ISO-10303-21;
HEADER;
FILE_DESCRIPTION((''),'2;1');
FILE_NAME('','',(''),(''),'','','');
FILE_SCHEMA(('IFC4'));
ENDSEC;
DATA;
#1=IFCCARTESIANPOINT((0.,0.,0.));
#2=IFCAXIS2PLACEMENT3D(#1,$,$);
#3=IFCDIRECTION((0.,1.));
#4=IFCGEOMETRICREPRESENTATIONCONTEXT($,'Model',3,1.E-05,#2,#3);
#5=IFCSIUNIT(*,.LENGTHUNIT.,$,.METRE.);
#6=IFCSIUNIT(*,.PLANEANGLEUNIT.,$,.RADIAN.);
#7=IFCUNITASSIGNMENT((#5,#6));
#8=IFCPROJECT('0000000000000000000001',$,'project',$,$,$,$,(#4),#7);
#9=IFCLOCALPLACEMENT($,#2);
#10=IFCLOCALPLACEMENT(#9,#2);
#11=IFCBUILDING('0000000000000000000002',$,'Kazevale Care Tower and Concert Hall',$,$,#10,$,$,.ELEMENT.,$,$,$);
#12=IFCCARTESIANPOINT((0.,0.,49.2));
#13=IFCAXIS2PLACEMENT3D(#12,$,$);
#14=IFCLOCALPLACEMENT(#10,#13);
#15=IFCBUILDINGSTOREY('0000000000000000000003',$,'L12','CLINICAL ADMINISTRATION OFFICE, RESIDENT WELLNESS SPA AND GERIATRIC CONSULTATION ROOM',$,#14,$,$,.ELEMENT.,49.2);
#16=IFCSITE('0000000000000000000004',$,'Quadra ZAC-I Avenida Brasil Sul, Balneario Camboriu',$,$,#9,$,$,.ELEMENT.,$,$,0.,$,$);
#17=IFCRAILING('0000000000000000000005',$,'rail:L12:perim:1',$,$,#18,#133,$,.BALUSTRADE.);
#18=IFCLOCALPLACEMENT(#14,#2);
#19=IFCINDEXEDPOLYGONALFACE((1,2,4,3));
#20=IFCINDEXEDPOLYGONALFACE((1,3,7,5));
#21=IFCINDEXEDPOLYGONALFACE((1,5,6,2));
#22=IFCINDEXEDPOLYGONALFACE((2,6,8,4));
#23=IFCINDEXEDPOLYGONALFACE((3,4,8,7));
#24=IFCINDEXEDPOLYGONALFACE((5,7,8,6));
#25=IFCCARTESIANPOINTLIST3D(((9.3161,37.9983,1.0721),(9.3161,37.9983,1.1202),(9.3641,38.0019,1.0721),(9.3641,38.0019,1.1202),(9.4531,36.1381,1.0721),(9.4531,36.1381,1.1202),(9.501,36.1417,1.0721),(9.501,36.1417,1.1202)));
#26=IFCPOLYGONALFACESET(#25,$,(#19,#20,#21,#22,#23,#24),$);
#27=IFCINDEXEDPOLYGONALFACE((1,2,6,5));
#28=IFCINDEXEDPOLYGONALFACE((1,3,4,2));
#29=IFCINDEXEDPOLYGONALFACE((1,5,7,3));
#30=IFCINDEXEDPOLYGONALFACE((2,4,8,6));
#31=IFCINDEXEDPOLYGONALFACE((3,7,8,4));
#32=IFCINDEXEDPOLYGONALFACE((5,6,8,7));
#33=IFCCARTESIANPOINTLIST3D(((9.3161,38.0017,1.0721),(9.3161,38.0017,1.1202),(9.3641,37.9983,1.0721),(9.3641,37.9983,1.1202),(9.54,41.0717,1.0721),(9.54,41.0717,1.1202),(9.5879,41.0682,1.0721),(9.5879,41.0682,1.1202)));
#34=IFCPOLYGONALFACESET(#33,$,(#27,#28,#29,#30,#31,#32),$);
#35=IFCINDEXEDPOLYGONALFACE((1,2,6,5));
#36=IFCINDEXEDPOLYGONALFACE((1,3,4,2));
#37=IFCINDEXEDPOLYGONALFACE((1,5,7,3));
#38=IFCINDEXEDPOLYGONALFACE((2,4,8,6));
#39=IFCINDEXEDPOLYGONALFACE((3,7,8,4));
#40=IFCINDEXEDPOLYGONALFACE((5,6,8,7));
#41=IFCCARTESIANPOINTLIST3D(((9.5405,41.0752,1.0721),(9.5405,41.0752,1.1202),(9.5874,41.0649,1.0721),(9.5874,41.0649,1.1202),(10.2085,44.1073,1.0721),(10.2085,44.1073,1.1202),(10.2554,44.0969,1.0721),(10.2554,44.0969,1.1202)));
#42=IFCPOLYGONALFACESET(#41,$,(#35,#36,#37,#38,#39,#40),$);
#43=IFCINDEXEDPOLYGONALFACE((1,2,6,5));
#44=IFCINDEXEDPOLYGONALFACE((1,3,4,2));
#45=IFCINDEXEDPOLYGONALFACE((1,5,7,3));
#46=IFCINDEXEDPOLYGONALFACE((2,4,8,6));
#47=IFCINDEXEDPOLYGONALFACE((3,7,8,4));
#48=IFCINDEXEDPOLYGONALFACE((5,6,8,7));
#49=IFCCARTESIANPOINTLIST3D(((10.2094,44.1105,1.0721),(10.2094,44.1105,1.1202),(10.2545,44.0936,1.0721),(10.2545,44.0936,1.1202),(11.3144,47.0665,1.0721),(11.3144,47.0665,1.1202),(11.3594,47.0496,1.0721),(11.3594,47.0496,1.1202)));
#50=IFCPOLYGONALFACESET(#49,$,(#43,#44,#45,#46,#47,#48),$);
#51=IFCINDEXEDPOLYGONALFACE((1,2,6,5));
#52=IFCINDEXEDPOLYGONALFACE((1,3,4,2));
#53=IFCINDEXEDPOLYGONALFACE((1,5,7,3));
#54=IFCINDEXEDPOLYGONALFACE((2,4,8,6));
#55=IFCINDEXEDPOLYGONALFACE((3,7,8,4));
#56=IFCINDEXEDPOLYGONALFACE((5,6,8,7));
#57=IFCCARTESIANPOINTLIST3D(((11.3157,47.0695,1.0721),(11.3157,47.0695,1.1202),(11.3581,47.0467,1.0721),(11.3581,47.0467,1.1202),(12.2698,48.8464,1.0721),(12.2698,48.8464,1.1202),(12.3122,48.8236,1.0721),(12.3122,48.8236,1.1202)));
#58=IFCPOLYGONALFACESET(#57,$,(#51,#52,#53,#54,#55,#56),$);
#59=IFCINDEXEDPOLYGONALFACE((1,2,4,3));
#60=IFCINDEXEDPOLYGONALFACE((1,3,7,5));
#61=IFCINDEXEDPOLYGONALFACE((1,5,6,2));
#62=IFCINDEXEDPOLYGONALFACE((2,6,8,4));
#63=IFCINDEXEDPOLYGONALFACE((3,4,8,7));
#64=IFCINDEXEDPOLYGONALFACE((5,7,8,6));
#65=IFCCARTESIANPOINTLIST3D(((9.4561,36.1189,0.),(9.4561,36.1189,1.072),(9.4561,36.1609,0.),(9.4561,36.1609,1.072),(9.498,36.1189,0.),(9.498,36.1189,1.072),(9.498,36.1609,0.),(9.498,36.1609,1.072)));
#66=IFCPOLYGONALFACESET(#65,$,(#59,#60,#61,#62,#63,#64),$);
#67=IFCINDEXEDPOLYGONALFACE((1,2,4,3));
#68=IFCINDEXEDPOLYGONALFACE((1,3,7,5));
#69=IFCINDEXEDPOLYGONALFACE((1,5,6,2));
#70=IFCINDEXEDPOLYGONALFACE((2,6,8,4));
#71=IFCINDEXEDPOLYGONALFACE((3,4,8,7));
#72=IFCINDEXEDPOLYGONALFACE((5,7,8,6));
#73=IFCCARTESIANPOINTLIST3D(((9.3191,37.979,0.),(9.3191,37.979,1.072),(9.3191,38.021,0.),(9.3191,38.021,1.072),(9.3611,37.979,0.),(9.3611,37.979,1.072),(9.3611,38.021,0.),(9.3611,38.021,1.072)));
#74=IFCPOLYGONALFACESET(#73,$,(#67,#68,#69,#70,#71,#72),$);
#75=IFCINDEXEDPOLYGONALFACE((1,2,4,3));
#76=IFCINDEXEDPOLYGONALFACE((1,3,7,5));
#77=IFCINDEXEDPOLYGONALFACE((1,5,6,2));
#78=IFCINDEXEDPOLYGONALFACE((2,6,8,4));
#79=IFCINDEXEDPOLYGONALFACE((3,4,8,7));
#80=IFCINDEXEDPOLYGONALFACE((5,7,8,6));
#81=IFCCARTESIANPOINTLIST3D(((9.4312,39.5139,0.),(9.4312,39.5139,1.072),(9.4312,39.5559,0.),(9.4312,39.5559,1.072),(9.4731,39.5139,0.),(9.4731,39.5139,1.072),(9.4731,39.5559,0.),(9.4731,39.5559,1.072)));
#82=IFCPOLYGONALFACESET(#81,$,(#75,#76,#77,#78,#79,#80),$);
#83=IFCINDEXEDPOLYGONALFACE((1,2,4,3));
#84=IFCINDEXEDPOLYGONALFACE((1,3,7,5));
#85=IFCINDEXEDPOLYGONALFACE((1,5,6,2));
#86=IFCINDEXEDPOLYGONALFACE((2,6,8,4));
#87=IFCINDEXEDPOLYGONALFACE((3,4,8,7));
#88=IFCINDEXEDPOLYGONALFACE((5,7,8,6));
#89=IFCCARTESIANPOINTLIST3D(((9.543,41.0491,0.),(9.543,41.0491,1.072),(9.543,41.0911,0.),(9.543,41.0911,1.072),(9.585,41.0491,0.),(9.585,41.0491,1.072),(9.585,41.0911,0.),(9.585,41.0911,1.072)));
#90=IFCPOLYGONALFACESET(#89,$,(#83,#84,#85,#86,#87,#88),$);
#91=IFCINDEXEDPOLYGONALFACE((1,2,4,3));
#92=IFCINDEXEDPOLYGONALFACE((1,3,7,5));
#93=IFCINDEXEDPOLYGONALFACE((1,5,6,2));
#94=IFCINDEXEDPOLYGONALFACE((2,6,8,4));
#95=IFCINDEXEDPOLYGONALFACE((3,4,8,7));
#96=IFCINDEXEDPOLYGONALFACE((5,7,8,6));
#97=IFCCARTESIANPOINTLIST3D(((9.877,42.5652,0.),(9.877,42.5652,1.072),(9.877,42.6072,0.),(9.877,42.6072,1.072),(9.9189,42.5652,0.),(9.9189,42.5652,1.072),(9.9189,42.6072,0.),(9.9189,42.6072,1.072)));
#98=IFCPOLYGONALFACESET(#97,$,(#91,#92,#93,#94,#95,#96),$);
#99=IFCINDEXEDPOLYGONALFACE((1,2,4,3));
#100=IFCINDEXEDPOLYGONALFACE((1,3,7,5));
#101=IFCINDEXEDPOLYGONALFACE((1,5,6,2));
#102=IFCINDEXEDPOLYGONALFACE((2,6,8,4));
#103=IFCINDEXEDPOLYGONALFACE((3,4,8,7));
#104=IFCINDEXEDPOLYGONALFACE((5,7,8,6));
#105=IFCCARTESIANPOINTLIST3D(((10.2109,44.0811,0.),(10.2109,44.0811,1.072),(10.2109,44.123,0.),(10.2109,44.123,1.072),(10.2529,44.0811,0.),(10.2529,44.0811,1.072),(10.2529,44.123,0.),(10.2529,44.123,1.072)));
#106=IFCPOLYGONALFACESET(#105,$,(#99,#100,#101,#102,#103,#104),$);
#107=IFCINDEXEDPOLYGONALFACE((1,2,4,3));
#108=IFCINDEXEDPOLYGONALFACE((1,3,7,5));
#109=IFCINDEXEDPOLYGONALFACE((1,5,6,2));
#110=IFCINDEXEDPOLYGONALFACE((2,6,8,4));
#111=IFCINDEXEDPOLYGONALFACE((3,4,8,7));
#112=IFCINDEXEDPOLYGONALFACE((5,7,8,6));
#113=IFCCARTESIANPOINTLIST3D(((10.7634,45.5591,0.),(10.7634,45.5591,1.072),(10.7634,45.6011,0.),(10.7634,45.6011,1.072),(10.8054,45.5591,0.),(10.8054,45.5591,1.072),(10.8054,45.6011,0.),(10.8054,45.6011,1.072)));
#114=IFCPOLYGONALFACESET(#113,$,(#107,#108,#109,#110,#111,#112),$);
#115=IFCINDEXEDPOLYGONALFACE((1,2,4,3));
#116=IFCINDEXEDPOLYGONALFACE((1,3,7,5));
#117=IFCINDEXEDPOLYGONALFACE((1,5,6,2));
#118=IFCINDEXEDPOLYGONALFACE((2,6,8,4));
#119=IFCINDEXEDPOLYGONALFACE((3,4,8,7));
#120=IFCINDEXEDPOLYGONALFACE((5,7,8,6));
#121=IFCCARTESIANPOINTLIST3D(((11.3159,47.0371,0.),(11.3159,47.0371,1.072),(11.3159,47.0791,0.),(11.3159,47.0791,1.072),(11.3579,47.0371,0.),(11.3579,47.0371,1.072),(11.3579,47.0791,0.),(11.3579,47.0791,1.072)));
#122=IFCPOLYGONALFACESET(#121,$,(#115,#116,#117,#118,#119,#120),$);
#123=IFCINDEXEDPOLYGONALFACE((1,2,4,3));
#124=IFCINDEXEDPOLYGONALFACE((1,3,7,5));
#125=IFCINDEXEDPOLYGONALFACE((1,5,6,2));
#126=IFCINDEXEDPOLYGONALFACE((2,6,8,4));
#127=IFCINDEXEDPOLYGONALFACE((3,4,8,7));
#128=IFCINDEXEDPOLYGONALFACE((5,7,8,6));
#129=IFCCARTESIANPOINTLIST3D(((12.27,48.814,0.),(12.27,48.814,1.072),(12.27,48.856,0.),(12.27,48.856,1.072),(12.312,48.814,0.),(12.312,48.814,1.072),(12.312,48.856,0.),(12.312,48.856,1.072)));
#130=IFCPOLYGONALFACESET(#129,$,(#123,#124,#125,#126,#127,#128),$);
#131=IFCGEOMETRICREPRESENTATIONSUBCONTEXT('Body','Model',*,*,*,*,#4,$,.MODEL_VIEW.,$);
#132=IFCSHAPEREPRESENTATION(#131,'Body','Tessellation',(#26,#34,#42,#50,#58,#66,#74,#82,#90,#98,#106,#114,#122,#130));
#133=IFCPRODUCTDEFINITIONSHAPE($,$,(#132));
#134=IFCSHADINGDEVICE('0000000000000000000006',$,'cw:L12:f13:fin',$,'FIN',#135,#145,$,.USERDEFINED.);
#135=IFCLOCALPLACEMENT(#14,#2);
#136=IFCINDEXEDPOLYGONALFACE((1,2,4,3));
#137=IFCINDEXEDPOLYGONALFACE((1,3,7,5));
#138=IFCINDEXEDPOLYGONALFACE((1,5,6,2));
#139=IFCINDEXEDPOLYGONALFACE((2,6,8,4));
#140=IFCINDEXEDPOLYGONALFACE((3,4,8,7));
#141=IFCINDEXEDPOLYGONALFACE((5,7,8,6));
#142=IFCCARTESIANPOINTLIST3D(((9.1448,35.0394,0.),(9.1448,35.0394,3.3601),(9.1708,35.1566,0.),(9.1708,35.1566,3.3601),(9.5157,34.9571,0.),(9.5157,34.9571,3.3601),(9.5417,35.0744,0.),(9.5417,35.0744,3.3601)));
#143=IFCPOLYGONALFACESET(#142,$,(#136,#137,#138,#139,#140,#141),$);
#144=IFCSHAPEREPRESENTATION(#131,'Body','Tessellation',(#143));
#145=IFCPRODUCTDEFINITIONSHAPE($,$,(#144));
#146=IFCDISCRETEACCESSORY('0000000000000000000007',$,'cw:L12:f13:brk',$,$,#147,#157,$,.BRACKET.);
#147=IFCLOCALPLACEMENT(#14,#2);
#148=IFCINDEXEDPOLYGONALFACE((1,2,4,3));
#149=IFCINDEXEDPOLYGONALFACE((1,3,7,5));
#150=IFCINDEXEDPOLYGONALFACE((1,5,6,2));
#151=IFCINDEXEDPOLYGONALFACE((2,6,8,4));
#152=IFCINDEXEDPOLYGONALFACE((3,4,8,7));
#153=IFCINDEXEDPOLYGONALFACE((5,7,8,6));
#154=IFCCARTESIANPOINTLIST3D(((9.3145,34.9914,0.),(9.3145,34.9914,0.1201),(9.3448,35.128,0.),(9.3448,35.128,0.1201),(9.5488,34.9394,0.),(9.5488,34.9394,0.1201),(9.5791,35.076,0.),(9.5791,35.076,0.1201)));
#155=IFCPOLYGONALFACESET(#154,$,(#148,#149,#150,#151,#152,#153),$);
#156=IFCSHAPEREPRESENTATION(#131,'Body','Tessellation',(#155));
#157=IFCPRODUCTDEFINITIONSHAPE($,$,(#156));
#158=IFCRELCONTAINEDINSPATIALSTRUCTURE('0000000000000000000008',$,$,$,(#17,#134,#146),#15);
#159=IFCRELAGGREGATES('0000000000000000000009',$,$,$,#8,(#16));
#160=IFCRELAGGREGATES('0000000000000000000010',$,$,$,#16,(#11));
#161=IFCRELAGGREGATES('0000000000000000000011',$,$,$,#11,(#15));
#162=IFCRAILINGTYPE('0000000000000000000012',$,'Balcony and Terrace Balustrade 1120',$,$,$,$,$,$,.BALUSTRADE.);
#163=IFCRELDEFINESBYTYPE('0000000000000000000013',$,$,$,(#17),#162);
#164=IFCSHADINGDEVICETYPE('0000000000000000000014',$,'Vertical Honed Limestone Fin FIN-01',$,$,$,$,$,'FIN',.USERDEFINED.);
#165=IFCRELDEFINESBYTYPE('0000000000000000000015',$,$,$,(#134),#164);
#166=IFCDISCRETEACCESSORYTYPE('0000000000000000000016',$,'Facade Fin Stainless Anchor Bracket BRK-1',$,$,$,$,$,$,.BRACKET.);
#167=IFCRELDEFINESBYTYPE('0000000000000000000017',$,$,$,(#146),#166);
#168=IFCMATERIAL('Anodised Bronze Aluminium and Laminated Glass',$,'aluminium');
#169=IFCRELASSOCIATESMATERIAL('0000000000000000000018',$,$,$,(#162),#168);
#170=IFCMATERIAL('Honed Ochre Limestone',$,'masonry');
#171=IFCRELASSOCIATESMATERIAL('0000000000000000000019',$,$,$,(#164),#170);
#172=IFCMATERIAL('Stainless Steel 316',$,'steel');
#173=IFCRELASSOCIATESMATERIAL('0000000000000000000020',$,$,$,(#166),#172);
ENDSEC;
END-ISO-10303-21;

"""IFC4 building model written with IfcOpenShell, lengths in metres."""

from ifc_helpers import new_model, si_unit, direction, frame, origin, origin_2d, place, context, subcontext, project, spatial, rectangle, extrude, material, type_object, element, save


model = new_model("IFC4")

# Units and contexts
model_context = context("Model", 3, precision=1e-05, world=origin(), true_north=direction((0.0, 1.0)))
body_context = subcontext(model_context, "Body", "Model", "MODEL_VIEW")
ifc_project = project(units=[si_unit("LENGTHUNIT", "METRE"), si_unit("PLANEANGLEUNIT", "RADIAN")], contexts=[model_context])

# Site, building, storey
site_placement = place(None, origin())
site = spatial("IfcSite", under=ifc_project, at=site_placement, Name="Quadra ZAC-I Avenida Brasil Sul, Balneario Camboriu", CompositionType="ELEMENT", RefElevation=0.0)
building_placement = place(site_placement, origin())
building = spatial("IfcBuilding", under=site, at=building_placement, Name="Kazevale Care Tower and Concert Hall", CompositionType="ELEMENT")
storey_placement = place(building_placement, frame((0.0, 0.0, 49.2)))
storey = spatial("IfcBuildingStorey", under=building, at=storey_placement, Name="L12", Description="CLINICAL ADMINISTRATION OFFICE, RESIDENT WELLNESS SPA AND GERIATRIC CONSULTATION ROOM", CompositionType="ELEMENT", Elevation=49.2)

# Railing
ifc_material_1 = material(Name="Anodised Bronze Aluminium and Laminated Glass", Category="aluminium")
railing_type = type_object("IfcRailingType", Name="Balcony and Terrace Balustrade 1120", PredefinedType="BALUSTRADE", material=ifc_material_1)
railing_placement = place(storey_placement, frame((9.4771, 36.1399, 0.0)))
element("IfcRailing", 1, at=railing_placement, inside=storey, type_object=railing_type, Name="rail:L12:perim:1", PredefinedType="BALUSTRADE", context=body_context, shape_type="SweptSolid", body=[
    extrude(rectangle(XDim=0.0481, YDim=0.0481, at=origin_2d()), frame((0.0, 0.0, 1.0962), z_axis=(-0.073433, 0.9973, 0.0), x_axis=(-0.9973, -0.073433, 0.0)), (0.0, 0.0, 1.0), 1.8652),
    extrude(rectangle(XDim=0.0481, YDim=0.0481, at=origin_2d()), frame((-0.137, 1.8601, 1.0962), z_axis=(0.072729, 0.997352, 0.0), x_axis=(-0.997352, 0.072729, 0.0)), (0.0, 0.0, 1.0), 3.0781),
    extrude(rectangle(XDim=0.0481, YDim=0.0481, at=origin_2d()), frame((0.0869, 4.9302, 1.0962), z_axis=(0.215148, 0.976581, 0.0), x_axis=(-0.976581, 0.215148, 0.0)), (0.0, 0.0, 1.0), 3.1047),
    extrude(rectangle(XDim=0.0481, YDim=0.0481, at=origin_2d()), frame((0.7549, 7.9622, 1.0962), z_axis=(0.35014, 0.936697, 0.0), x_axis=(-0.936697, 0.35014, 0.0)), (0.0, 0.0, 1.0), 3.1558),
    extrude(rectangle(XDim=0.0481, YDim=0.0481, at=origin_2d()), frame((1.8599, 10.9182, 1.0962), z_axis=(0.473074, 0.881022, 0.0), x_axis=(-0.881022, 0.473074, 0.0)), (0.0, 0.0, 1.0), 2.0168),
    extrude(rectangle(XDim=0.042, YDim=0.042, at=origin_2d()), origin(), (0.0, 0.0, 1.0), 1.072),
    extrude(rectangle(XDim=0.042, YDim=0.042, at=origin_2d()), frame((-0.137, 1.8601, 0.0)), (0.0, 0.0, 1.0), 1.072),
    extrude(rectangle(XDim=0.042, YDim=0.042, at=origin_2d()), frame((-0.0249, 3.395, 0.0)), (0.0, 0.0, 1.0), 1.072),
    extrude(rectangle(XDim=0.042, YDim=0.042, at=origin_2d()), frame((0.0869, 4.9302, 0.0)), (0.0, 0.0, 1.0), 1.072),
    extrude(rectangle(XDim=0.042, YDim=0.042, at=origin_2d()), frame((0.4209, 6.4463, 0.0)), (0.0, 0.0, 1.0), 1.072),
    extrude(rectangle(XDim=0.042, YDim=0.042, at=origin_2d()), frame((0.7549, 7.9622, 0.0)), (0.0, 0.0, 1.0), 1.072),
    extrude(rectangle(XDim=0.042, YDim=0.042, at=origin_2d()), frame((1.3074, 9.4402, 0.0)), (0.0, 0.0, 1.0), 1.072),
    extrude(rectangle(XDim=0.042, YDim=0.042, at=origin_2d()), frame((1.8599, 10.9182, 0.0)), (0.0, 0.0, 1.0), 1.072),
    extrude(rectangle(XDim=0.042, YDim=0.042, at=origin_2d()), frame((2.814, 12.6951, 0.0)), (0.0, 0.0, 1.0), 1.072),
])

# Shading device
ifc_material_2 = material(Name="Honed Ochre Limestone", Category="masonry")
shading_device_type = type_object("IfcShadingDeviceType", Name="Vertical Honed Limestone Fin FIN-01", ElementType="FIN", PredefinedType="USERDEFINED", material=ifc_material_2)
shading_device_placement = place(storey_placement, frame((9.3433, 35.0569, 0.0), z_axis=(0.0, 0.0, 1.0), x_axis=(-0.976296, 0.21644, 0.0)))
element("IfcShadingDevice", 2, at=shading_device_placement, inside=storey, type_object=shading_device_type, Name="cw:L12:f13:fin", ObjectType="FIN", PredefinedType="USERDEFINED", context=body_context, shape_type="SweptSolid", body=[
    extrude(rectangle(XDim=0.3799, YDim=0.1201, at=origin_2d()), origin(), (0.0, 0.0, 1.0), 3.3601),
])

# Discrete accessory
ifc_material_3 = material(Name="Stainless Steel 316", Category="steel")
discrete_accessory_type = type_object("IfcDiscreteAccessoryType", Name="Facade Fin Stainless Anchor Bracket BRK-1", PredefinedType="BRACKET", material=ifc_material_3)
discrete_accessory_placement = place(storey_placement, frame((9.4468, 35.0337, 0.0), z_axis=(0.0, 0.0, 1.0), x_axis=(-0.976296, 0.21644, 0.0)))
element("IfcDiscreteAccessory", 3, at=discrete_accessory_placement, inside=storey, type_object=discrete_accessory_type, Name="cw:L12:f13:brk", PredefinedType="BRACKET", context=body_context, shape_type="SweptSolid", body=[
    extrude(rectangle(XDim=0.24, YDim=0.1399, at=origin_2d()), origin(), (0.0, 0.0, 1.0), 0.1201),
])

save(model, "model.ifc")
